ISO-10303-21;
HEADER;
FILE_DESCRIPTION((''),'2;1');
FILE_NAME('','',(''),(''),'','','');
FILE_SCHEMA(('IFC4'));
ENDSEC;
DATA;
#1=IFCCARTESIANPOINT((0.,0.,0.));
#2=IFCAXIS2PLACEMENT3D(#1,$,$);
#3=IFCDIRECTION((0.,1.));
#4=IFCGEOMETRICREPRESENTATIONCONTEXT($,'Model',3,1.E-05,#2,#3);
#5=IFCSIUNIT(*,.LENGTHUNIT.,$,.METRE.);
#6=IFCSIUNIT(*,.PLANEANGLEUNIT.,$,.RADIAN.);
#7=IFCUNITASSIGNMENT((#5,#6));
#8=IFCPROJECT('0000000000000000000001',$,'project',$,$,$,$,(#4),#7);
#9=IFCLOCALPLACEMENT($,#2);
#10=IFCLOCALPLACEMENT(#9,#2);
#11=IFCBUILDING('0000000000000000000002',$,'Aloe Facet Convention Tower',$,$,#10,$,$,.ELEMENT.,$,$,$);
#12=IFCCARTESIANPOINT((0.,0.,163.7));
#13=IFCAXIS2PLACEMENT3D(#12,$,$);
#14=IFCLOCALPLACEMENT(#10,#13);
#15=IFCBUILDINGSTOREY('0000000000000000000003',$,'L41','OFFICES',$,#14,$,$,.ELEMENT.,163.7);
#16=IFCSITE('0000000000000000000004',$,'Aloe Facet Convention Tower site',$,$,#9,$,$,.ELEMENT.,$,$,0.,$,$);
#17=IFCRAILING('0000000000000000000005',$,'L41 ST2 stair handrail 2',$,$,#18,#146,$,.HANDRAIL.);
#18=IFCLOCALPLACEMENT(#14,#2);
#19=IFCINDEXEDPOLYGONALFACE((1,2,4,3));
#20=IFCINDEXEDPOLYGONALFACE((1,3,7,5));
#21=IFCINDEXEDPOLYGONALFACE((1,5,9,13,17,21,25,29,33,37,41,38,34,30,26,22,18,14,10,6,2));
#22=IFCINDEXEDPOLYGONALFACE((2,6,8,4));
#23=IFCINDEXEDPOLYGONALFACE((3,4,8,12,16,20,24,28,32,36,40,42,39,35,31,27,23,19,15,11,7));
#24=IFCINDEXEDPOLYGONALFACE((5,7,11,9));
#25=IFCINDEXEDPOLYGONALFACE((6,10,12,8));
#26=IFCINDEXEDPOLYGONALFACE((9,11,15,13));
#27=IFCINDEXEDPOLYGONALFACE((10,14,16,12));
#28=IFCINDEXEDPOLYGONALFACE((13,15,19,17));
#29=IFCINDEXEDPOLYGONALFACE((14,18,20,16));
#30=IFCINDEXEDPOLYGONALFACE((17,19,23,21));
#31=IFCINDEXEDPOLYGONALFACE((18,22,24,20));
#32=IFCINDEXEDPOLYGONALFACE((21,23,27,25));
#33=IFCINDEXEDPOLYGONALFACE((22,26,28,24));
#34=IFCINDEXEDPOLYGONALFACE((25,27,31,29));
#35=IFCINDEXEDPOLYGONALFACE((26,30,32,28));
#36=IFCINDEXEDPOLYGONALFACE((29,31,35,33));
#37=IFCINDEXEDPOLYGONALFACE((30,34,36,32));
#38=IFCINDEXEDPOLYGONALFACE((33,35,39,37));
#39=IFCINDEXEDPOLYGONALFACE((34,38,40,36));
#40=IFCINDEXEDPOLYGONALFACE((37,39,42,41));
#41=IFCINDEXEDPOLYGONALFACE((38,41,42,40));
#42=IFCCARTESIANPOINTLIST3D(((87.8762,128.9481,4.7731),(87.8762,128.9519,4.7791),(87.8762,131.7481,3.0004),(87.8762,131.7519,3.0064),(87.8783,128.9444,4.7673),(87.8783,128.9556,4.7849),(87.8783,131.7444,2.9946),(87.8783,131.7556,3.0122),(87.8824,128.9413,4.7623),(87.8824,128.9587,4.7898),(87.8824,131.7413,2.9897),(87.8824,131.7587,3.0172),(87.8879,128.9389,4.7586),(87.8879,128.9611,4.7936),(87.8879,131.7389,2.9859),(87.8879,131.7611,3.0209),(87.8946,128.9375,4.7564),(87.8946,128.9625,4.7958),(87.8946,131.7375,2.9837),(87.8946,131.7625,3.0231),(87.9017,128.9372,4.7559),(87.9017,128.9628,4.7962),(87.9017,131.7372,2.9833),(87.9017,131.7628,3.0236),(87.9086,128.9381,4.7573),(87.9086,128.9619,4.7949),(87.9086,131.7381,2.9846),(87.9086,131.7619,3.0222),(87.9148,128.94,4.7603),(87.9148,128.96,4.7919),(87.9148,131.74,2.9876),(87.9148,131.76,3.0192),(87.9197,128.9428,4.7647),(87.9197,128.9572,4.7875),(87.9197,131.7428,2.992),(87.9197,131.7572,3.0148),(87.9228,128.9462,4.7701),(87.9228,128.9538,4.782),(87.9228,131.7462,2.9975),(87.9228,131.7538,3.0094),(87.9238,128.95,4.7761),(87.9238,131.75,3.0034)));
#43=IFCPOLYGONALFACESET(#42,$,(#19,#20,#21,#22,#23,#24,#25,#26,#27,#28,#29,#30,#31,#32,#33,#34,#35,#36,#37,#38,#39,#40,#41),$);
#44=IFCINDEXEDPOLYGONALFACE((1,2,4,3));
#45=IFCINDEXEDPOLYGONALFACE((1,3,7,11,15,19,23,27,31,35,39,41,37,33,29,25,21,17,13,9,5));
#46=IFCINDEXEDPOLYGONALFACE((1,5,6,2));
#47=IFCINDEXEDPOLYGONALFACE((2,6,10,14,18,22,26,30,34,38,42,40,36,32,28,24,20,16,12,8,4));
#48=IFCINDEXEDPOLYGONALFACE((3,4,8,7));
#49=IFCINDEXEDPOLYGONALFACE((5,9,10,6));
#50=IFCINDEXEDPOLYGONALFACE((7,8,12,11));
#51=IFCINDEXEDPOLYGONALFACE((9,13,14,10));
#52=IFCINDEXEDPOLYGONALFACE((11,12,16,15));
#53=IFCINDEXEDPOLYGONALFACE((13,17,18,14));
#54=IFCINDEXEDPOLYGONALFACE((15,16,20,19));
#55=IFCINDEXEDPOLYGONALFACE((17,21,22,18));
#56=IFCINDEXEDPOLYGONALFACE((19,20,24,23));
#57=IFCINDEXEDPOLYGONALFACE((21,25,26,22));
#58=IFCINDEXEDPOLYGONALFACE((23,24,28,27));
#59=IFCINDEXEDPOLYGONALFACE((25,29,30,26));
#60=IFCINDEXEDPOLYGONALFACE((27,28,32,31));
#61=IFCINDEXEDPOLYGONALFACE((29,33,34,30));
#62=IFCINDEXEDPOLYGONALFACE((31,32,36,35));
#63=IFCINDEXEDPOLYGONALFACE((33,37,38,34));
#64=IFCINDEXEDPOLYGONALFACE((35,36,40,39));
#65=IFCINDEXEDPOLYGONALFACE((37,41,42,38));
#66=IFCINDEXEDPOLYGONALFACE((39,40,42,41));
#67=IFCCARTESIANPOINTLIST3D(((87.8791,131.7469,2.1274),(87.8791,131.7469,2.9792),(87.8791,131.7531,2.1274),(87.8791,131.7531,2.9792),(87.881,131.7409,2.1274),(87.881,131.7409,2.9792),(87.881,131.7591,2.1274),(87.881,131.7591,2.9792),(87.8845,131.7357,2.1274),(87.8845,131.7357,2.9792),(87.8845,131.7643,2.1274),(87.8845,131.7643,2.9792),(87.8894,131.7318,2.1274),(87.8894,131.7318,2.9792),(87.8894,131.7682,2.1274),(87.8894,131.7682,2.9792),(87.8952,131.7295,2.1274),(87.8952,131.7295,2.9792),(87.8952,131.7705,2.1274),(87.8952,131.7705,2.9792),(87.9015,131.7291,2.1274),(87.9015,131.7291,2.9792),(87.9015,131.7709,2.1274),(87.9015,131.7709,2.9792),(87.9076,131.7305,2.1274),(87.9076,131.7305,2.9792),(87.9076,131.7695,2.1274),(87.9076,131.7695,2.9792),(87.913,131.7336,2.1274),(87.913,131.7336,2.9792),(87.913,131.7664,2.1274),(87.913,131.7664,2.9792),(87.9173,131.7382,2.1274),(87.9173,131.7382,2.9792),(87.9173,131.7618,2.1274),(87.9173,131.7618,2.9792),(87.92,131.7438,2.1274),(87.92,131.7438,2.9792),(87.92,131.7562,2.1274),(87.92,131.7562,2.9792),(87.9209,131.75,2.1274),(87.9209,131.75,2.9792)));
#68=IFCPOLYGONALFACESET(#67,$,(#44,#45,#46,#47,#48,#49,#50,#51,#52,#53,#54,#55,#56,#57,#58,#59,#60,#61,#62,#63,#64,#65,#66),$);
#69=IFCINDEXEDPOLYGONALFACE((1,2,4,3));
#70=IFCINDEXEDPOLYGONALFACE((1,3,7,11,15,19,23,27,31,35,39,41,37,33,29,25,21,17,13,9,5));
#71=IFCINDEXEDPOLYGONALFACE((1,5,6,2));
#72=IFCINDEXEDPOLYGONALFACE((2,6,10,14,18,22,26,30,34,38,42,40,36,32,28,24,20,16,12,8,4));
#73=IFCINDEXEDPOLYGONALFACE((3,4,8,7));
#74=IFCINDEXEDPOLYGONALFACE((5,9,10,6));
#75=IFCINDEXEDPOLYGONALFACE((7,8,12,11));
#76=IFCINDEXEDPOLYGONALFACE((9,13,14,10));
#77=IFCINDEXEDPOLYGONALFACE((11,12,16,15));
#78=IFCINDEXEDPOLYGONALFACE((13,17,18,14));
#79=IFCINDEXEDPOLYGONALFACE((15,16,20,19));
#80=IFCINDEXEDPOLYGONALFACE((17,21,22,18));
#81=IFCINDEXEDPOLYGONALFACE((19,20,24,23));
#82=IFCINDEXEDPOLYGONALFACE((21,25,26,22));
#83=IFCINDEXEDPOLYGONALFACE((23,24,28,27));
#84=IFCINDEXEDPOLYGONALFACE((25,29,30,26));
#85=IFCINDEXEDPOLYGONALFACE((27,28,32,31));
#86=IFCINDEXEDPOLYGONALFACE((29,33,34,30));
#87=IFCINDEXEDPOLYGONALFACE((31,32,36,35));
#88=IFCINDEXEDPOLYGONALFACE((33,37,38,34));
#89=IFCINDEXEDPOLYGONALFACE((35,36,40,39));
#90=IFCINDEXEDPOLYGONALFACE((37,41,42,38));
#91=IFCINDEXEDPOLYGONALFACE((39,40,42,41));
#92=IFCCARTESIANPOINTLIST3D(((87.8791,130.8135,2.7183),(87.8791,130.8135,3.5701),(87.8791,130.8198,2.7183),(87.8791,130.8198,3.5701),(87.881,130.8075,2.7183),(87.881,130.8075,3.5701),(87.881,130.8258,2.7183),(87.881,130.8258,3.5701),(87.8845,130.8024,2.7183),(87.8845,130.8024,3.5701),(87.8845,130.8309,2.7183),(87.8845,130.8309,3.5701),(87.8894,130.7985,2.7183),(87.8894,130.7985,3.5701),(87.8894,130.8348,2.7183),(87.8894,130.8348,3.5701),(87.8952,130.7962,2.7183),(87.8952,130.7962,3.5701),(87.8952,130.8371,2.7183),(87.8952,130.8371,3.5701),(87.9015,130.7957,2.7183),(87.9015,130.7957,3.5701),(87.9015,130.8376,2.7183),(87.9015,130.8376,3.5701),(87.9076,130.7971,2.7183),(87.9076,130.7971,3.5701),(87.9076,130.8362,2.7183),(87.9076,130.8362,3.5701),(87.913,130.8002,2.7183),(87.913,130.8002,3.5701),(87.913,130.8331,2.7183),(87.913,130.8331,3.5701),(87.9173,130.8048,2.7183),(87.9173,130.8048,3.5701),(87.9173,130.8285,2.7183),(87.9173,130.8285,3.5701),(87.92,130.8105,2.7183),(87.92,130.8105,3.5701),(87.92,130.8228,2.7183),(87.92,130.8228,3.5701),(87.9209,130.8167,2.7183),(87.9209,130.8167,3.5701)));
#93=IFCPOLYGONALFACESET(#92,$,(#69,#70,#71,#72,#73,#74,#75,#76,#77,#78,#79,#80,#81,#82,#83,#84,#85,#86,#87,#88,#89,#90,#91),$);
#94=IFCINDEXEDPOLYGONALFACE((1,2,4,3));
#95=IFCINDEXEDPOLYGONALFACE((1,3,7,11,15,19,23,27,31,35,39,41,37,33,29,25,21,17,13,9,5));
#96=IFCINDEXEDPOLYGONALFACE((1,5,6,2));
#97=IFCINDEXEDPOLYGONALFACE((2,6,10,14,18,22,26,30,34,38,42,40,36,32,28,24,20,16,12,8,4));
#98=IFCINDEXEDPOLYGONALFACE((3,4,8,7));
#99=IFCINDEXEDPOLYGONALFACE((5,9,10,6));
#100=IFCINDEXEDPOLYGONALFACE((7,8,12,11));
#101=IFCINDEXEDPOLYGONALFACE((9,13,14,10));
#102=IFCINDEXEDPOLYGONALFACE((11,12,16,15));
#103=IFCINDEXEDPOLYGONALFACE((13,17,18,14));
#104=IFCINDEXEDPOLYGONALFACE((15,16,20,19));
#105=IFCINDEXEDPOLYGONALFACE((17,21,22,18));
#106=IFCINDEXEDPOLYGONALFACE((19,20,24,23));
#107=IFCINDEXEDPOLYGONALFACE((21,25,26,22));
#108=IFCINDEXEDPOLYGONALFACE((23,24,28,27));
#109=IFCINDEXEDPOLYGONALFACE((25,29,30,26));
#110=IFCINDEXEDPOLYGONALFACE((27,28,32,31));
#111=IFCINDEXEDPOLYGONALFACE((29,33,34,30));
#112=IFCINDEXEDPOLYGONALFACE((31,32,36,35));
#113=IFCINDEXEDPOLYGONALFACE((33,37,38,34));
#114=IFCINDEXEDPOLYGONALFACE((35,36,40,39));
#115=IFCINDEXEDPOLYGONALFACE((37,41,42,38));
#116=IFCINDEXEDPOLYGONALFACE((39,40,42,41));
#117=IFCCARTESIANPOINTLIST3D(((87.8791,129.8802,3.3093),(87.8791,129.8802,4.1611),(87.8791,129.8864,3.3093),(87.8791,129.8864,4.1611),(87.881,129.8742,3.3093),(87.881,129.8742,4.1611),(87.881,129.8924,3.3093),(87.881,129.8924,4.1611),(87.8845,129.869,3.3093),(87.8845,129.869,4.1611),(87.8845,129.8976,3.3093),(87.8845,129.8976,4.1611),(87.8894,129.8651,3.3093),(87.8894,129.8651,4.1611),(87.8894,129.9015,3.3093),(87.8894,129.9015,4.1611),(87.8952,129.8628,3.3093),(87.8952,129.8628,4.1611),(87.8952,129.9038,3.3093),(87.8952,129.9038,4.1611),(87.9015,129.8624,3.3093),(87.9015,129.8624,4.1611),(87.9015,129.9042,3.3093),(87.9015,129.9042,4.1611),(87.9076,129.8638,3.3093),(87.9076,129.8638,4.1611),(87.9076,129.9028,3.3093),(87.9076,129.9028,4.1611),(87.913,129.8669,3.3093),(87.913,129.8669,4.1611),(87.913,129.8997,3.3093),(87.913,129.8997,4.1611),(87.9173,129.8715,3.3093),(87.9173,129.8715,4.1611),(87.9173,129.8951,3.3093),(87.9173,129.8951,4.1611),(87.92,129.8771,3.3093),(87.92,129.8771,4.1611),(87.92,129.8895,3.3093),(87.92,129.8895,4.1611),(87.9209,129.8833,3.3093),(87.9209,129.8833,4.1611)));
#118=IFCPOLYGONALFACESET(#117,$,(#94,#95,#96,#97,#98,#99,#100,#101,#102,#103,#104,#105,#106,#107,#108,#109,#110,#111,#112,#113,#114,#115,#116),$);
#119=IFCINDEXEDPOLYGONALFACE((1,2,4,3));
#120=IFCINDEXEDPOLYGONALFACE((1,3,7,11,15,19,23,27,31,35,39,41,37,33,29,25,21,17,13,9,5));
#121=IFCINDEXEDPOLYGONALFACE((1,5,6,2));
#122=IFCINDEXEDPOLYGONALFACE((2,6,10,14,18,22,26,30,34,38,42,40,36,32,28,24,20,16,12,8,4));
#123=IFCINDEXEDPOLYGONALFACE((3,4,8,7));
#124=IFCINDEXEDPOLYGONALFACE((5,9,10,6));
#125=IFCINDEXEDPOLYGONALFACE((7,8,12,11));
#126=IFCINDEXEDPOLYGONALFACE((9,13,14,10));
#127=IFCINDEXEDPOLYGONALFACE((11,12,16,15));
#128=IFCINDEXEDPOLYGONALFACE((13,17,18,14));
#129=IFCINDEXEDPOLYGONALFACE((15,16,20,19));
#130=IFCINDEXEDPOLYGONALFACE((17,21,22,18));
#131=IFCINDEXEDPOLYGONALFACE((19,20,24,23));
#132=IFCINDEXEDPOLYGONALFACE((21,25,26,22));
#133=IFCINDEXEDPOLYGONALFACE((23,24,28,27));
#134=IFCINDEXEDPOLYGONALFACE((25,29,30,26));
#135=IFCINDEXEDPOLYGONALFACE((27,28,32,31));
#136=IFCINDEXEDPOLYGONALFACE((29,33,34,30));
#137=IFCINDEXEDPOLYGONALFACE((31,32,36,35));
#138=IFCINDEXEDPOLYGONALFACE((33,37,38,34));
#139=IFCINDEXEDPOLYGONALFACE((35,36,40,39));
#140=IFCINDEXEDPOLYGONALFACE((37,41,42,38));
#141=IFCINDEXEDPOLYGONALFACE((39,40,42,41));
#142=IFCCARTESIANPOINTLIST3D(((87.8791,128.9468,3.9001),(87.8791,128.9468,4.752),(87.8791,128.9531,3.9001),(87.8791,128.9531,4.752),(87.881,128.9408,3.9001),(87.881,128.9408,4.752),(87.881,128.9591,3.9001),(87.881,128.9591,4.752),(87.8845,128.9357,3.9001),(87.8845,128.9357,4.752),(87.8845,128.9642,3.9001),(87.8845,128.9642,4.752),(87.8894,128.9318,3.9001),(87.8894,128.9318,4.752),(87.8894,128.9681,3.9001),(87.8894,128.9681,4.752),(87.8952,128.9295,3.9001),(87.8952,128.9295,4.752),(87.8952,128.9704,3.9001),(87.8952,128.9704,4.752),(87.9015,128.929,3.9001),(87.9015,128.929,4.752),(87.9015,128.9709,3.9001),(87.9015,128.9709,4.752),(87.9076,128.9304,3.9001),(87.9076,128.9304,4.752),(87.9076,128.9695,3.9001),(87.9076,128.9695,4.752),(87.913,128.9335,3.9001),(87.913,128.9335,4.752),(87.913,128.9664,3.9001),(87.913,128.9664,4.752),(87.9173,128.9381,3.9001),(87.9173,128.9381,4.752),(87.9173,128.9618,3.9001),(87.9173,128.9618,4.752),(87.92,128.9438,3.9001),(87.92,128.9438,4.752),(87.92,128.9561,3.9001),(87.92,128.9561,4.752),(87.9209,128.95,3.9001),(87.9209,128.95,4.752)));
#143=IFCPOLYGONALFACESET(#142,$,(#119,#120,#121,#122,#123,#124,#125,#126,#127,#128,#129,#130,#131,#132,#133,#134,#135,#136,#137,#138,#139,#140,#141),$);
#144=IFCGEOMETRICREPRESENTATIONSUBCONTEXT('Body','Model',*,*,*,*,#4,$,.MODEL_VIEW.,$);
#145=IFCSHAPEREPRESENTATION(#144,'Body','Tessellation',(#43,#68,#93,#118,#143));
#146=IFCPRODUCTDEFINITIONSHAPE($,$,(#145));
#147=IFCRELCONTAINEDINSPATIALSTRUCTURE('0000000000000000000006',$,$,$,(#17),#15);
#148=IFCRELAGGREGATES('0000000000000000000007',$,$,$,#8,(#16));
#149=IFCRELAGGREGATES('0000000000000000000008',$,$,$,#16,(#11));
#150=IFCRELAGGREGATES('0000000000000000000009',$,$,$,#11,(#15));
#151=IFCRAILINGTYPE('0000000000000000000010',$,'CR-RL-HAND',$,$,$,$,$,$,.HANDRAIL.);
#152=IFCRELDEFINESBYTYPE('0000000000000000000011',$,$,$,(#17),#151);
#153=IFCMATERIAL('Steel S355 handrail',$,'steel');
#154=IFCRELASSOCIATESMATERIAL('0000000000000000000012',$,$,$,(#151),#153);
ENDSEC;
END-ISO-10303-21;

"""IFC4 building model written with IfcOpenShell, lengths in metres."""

from ifc_helpers import new_model, si_unit, direction, frame, origin, origin_2d, place, context, subcontext, project, spatial, circle, extrude, material, type_object, element, save


model = new_model("IFC4")

# Units and contexts
model_context = context("Model", 3, precision=1e-05, world=origin(), true_north=direction((0.0, 1.0)))
body_context = subcontext(model_context, "Body", "Model", "MODEL_VIEW")
ifc_project = project(units=[si_unit("LENGTHUNIT", "METRE"), si_unit("PLANEANGLEUNIT", "RADIAN")], contexts=[model_context])

# Site, building, storey
site_placement = place(None, origin())
site = spatial("IfcSite", under=ifc_project, at=site_placement, Name="Aloe Facet Convention Tower site", CompositionType="ELEMENT", RefElevation=0.0)
building_placement = place(site_placement, origin())
building = spatial("IfcBuilding", under=site, at=building_placement, Name="Aloe Facet Convention Tower", CompositionType="ELEMENT")
storey_placement = place(building_placement, frame((0.0, 0.0, 163.7)))
storey = spatial("IfcBuildingStorey", under=building, at=storey_placement, Name="L41", Description="OFFICES", CompositionType="ELEMENT", Elevation=163.7)

# Railing
ifc_material_1 = material(Name="Steel S355 handrail", Category="steel")
railing_type_1 = type_object("IfcRailingType", Name="CR-RL-HAND", PredefinedType="HANDRAIL", material=ifc_material_1)
railing_1_placement = place(storey_placement, frame((87.8999, 131.75, 2.1274)))
element("IfcRailing", 1, at=railing_1_placement, inside=storey, type_object=railing_type_1, Name="L41 ST2 stair handrail 2", PredefinedType="HANDRAIL", context=body_context, shape_type="SweptSolid", body=[
    extrude(circle(Radius=0.0239, at=origin_2d()), frame((0.0, 0.0, 0.876), z_axis=(0.0, -0.844909, 0.53491), x_axis=(1.0, 0.0, 0.0)), (0.0, 0.0, 1.0), 3.314),
    extrude(circle(Radius=0.021, at=origin_2d()), origin(), (0.0, 0.0, 1.0), 0.8518),
    extrude(circle(Radius=0.021, at=origin_2d()), frame((0.0, -0.9333, 0.5908)), (0.0, 0.0, 1.0), 0.8518),
    extrude(circle(Radius=0.021, at=origin_2d()), frame((0.0, -1.8667, 1.1819)), (0.0, 0.0, 1.0), 0.8518),
    extrude(circle(Radius=0.021, at=origin_2d()), frame((0.0, -2.8, 1.7727)), (0.0, 0.0, 1.0), 0.8518),
])

save(model, "model.ifc")
